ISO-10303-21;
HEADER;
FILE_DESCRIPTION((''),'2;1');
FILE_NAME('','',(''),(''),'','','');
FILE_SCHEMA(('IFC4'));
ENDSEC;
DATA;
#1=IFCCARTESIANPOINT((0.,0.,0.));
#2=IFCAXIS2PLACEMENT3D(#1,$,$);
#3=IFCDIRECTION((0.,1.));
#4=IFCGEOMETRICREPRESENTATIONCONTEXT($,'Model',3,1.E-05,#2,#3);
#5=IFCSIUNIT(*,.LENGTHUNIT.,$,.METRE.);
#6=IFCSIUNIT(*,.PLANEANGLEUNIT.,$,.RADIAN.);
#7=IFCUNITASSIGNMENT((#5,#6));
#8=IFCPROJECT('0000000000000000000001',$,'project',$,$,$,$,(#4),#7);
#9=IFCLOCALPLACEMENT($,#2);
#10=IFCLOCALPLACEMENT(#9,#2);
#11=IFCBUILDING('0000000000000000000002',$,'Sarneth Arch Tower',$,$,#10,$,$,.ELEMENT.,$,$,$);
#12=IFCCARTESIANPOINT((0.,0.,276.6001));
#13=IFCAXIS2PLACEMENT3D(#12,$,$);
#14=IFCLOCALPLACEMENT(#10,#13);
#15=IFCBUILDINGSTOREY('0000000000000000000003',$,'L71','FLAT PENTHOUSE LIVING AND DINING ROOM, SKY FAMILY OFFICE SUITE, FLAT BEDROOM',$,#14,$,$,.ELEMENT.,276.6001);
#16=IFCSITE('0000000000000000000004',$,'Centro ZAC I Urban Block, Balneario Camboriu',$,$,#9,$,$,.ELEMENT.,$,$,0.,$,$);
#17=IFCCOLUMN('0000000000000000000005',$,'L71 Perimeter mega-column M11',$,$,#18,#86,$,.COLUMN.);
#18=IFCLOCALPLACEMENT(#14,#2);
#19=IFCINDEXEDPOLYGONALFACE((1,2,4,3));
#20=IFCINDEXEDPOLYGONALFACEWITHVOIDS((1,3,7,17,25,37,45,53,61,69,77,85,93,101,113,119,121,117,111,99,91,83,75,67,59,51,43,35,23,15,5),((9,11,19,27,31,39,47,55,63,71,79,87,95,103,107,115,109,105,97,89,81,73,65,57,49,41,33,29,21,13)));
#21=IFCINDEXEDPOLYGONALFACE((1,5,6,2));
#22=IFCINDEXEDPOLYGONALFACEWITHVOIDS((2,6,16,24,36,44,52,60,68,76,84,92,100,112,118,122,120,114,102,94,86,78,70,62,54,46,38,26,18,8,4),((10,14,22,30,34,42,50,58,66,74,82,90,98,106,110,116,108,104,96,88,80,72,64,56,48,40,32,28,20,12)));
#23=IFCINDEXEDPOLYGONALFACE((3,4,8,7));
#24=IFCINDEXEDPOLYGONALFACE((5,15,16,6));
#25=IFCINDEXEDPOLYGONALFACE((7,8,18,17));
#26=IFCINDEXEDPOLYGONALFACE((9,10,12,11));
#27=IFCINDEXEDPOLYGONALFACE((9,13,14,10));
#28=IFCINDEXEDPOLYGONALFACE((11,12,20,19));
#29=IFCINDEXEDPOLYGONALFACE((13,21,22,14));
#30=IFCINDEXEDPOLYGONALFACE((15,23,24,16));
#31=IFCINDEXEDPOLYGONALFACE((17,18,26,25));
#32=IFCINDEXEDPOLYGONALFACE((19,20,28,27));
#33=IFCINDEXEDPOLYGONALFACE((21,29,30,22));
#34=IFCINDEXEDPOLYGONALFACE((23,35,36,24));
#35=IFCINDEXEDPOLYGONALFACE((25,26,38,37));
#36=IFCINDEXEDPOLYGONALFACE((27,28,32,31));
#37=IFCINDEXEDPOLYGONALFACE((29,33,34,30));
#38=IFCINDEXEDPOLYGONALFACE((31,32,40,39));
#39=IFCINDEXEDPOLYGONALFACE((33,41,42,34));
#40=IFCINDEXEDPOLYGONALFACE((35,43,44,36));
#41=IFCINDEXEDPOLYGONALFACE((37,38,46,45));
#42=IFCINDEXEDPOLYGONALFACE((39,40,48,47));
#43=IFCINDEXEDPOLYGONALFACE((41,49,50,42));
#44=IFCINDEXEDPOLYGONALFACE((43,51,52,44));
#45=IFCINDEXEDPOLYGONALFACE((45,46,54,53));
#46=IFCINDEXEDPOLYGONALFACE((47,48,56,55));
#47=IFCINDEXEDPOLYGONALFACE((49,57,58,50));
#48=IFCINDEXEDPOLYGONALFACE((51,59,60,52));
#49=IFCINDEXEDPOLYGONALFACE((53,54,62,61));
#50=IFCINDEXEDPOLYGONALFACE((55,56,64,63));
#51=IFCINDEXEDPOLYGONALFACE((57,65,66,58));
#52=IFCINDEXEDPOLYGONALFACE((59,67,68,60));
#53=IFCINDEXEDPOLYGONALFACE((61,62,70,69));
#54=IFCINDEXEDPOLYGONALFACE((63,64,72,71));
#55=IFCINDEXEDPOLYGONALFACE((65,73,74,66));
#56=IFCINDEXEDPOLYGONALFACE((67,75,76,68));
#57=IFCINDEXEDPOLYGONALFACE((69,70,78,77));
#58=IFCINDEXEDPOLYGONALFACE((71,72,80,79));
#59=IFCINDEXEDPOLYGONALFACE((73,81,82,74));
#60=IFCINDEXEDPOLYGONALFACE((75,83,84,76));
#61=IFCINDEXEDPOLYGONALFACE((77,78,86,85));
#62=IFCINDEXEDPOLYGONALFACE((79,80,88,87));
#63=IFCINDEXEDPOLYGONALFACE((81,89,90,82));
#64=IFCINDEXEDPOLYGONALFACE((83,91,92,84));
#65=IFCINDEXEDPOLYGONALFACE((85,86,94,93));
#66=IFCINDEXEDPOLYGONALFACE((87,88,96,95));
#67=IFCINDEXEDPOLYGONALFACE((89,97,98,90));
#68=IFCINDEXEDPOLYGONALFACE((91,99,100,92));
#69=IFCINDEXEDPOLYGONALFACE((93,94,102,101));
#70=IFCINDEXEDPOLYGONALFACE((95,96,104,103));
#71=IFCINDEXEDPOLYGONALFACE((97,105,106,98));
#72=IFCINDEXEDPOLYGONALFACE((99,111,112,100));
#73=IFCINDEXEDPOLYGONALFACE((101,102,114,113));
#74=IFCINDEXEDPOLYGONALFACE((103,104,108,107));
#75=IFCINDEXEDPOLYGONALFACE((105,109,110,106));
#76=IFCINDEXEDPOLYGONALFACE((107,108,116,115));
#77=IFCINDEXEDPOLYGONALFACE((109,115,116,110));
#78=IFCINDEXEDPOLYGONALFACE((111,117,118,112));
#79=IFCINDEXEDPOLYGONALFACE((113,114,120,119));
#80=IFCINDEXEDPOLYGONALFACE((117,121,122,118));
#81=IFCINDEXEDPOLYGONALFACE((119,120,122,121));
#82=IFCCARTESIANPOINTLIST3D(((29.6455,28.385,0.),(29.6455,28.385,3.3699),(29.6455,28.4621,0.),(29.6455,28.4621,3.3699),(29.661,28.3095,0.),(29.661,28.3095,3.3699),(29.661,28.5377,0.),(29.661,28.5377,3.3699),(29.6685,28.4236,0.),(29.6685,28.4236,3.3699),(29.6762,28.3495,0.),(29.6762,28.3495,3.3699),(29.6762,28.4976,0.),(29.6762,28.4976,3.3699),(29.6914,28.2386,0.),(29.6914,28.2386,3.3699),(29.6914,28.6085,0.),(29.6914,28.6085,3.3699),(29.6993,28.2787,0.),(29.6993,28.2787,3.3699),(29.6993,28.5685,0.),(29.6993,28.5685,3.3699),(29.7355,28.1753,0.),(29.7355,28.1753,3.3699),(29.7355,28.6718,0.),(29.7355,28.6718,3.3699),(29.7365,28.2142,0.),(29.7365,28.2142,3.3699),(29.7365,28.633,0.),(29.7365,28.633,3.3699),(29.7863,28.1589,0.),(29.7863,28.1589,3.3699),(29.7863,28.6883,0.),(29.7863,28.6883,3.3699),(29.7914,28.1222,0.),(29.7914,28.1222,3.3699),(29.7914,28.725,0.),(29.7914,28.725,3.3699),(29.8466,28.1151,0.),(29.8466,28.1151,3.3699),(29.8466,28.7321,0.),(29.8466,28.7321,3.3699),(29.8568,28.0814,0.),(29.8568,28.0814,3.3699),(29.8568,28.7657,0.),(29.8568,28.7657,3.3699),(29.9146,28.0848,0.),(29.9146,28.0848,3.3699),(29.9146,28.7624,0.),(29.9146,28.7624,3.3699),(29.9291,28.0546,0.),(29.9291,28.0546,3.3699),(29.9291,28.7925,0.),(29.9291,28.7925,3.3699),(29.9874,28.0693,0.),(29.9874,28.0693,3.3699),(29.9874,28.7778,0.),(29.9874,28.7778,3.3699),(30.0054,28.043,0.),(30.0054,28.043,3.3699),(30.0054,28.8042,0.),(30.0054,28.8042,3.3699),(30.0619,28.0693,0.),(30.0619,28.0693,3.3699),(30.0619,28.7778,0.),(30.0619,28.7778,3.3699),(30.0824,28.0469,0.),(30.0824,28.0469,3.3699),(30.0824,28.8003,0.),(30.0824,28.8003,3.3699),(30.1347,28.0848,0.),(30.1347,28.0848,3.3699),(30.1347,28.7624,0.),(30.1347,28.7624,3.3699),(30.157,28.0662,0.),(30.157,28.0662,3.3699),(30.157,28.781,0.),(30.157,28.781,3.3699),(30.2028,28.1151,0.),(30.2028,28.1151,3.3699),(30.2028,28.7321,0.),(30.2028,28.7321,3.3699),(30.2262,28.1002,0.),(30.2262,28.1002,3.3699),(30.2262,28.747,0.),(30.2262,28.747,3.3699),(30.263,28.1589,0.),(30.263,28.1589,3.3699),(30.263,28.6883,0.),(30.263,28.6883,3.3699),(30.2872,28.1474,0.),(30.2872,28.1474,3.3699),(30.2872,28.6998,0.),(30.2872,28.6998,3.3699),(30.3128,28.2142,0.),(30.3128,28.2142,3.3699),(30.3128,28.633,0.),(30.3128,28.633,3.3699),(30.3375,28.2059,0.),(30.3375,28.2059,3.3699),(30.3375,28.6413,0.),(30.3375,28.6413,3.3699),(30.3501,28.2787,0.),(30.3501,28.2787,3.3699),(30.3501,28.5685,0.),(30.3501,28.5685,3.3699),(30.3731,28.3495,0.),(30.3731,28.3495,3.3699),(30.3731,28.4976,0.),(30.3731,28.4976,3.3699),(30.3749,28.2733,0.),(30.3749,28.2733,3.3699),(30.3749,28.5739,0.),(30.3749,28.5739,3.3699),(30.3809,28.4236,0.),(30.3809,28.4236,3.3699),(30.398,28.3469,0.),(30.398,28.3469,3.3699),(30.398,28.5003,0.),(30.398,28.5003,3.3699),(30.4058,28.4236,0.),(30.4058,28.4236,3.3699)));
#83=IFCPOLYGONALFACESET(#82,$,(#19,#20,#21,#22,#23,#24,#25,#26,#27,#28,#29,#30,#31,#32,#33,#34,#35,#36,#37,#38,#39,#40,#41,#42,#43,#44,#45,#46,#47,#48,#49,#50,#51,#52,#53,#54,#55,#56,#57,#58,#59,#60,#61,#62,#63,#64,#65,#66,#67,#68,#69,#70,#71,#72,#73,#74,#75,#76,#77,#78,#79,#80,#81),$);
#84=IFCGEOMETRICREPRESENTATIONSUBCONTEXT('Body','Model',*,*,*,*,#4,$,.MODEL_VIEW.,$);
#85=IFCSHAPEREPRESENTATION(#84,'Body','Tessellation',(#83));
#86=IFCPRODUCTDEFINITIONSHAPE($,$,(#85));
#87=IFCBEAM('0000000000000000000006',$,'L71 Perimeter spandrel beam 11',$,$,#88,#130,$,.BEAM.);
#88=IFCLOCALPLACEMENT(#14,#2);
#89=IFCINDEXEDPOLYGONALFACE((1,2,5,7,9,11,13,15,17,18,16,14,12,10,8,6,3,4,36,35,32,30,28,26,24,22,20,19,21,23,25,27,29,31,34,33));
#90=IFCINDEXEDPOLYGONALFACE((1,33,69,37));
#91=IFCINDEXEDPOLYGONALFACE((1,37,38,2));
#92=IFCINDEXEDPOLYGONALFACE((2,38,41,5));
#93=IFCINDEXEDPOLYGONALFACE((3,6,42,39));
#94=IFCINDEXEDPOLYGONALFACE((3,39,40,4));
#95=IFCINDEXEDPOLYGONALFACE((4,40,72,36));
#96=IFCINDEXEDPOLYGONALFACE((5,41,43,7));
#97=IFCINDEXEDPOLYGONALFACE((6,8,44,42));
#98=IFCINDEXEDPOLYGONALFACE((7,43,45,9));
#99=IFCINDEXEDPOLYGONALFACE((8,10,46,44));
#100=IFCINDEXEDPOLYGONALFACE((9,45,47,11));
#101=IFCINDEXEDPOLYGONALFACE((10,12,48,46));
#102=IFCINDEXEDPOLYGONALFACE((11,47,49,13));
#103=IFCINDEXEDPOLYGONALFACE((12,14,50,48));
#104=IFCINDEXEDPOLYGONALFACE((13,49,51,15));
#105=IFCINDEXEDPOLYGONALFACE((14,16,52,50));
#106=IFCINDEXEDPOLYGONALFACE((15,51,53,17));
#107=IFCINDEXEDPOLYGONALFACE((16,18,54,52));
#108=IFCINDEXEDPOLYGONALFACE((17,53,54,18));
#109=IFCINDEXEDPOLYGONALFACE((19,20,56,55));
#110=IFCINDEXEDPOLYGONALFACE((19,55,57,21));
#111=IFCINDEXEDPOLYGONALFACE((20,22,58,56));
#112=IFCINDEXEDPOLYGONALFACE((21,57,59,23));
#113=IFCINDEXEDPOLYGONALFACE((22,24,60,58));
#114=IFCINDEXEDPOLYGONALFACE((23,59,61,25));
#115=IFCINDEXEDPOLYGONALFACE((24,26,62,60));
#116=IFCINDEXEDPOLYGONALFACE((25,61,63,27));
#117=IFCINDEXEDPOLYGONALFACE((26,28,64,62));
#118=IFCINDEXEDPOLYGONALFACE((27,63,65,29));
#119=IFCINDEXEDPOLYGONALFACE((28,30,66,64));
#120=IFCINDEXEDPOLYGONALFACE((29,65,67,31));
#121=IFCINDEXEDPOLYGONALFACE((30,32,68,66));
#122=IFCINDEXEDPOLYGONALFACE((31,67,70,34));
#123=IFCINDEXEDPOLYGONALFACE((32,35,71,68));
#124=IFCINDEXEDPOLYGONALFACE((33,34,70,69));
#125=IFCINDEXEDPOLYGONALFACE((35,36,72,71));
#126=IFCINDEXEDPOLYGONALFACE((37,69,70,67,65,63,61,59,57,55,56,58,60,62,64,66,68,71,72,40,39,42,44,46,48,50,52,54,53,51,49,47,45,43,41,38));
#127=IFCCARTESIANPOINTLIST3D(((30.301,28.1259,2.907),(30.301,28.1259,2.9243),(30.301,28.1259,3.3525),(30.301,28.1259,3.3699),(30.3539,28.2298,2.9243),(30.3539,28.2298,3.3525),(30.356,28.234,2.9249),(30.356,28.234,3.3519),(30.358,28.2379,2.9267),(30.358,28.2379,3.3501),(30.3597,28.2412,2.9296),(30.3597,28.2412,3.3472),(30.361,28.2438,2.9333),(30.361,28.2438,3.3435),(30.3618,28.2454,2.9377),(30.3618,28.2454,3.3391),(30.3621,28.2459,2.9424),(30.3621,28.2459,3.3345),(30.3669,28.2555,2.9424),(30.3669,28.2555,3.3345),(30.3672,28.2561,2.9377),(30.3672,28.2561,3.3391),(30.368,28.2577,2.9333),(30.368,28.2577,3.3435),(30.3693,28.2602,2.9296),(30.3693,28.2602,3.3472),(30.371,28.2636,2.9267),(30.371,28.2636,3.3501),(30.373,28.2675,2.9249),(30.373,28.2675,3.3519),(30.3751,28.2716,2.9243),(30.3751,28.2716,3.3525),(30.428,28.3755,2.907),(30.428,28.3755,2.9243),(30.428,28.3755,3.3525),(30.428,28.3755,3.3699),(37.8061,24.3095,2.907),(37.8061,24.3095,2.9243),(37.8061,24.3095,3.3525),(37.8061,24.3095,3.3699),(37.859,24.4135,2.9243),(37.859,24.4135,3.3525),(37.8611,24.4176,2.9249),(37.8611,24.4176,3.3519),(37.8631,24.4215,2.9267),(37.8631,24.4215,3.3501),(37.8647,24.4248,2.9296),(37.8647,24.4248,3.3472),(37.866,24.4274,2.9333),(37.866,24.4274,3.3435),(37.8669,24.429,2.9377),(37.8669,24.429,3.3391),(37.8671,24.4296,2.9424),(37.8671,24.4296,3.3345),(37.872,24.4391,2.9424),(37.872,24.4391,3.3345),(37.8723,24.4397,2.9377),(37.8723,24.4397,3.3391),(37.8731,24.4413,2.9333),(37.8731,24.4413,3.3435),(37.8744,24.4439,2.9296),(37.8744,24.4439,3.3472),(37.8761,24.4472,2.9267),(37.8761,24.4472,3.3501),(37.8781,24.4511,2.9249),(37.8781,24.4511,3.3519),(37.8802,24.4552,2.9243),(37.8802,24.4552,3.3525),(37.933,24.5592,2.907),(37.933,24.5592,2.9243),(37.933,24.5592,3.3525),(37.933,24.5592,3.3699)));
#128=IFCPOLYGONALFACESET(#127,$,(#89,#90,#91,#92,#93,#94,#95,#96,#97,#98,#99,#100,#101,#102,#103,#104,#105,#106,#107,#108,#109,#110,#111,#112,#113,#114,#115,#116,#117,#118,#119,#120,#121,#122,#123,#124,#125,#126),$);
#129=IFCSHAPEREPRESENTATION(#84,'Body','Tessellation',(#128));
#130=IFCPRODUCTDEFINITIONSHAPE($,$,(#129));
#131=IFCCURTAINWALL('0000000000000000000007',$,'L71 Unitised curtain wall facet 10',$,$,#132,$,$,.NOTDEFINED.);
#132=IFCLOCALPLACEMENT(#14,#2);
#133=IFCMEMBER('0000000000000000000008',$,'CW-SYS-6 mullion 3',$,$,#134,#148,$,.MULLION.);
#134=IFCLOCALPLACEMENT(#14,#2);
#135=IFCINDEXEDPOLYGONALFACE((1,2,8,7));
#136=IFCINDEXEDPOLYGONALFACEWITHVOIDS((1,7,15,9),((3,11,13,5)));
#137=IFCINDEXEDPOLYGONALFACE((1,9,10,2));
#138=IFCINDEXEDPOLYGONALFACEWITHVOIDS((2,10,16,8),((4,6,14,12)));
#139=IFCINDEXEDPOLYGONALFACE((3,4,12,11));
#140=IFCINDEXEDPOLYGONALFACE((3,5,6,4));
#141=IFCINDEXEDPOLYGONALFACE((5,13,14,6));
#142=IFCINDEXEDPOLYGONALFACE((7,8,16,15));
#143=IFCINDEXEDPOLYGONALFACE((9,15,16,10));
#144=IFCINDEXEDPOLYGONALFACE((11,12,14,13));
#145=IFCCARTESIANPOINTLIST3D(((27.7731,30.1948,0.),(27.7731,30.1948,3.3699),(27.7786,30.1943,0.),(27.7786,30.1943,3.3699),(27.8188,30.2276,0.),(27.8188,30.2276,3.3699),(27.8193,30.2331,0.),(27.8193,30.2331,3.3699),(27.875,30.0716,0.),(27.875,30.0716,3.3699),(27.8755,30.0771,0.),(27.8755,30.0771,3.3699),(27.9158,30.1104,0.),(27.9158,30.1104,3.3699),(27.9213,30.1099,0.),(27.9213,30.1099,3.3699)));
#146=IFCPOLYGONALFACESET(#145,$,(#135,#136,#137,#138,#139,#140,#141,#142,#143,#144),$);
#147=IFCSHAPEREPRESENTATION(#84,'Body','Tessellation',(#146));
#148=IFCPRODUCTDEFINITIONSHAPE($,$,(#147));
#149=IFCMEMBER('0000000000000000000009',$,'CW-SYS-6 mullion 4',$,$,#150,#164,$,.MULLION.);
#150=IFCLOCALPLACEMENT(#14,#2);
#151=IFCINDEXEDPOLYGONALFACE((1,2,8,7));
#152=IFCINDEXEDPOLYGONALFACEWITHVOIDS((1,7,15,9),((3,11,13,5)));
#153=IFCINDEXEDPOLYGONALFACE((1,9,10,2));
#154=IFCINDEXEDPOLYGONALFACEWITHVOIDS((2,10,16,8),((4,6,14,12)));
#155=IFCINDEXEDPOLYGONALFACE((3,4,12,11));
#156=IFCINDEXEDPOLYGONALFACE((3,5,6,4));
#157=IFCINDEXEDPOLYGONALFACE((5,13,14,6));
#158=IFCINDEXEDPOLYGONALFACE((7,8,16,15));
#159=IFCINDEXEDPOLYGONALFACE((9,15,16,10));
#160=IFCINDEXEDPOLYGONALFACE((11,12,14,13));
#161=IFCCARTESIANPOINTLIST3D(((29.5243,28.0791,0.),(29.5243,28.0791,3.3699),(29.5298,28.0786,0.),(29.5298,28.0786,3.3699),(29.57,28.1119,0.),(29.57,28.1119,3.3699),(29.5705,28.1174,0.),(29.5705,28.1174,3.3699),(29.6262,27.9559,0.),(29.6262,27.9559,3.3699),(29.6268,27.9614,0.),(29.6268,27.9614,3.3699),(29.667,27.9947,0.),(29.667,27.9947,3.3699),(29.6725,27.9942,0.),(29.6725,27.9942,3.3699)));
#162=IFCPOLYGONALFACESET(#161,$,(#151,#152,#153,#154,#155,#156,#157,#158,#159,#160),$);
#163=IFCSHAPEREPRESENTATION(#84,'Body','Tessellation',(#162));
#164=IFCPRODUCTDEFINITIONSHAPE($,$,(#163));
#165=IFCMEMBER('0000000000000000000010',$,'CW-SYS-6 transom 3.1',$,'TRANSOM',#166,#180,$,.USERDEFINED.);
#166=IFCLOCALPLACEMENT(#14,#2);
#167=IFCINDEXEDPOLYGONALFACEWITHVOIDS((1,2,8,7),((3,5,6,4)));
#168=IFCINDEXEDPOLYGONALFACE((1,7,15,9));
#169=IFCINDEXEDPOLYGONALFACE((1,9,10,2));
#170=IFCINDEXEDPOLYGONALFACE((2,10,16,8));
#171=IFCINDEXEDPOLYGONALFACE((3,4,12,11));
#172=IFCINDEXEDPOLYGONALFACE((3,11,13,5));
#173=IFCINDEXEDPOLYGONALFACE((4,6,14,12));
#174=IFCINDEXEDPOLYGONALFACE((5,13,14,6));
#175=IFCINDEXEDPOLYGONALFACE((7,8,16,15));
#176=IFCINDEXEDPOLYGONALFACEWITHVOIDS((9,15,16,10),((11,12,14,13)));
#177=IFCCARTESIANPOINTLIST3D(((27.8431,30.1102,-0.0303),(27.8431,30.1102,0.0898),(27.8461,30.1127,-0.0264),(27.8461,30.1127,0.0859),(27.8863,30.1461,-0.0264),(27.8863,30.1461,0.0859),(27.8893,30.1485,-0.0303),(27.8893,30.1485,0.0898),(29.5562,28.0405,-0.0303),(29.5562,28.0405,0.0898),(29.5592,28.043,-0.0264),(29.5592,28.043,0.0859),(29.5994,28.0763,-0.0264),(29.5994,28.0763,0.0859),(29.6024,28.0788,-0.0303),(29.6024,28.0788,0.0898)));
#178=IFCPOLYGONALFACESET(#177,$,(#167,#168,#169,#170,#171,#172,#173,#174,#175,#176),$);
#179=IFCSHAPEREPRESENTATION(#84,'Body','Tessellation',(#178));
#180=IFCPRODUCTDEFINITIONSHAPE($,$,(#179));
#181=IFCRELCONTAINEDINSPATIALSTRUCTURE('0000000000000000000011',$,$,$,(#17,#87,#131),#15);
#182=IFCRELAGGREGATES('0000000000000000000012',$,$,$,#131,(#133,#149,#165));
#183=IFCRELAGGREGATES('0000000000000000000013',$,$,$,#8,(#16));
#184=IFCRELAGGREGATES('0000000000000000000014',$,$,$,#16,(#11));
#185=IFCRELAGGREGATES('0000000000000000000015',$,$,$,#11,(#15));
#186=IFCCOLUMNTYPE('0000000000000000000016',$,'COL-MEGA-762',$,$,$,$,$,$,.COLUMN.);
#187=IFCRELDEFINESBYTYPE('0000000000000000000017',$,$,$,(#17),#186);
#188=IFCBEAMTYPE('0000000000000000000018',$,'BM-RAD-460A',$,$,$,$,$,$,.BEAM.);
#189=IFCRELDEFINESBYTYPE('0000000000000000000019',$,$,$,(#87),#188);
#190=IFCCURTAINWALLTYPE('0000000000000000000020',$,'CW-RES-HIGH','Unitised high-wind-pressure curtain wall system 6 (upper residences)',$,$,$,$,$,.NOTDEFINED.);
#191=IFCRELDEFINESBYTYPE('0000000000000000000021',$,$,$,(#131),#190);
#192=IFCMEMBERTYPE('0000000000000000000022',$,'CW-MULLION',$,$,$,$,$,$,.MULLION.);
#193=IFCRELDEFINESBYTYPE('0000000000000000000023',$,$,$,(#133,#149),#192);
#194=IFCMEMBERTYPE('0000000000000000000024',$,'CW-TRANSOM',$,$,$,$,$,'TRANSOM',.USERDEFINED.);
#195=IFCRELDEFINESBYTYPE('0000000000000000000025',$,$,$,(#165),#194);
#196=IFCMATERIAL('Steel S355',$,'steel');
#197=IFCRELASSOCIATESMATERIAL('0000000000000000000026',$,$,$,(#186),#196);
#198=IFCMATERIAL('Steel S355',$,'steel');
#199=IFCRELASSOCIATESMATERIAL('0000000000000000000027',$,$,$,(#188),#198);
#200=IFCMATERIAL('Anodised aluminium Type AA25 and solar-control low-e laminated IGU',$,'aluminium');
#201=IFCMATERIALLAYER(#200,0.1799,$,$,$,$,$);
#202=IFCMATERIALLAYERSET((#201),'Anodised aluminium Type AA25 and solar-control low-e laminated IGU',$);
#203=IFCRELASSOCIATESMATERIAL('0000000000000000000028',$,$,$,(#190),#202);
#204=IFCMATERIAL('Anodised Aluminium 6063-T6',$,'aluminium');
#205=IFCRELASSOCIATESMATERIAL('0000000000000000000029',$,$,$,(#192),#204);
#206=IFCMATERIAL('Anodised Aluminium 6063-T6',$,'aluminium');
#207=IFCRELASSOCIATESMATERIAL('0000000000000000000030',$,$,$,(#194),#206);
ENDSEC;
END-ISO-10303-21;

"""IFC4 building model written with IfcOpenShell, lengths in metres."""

from ifc_helpers import new_model, si_unit, direction, frame, origin, origin_2d, place, context, subcontext, project, spatial, hollow_rectangle, hollow_circle, i_section, extrude, material, layer, layer_set, material_profile, profile_set, type_object, element, aggregate, save


model = new_model("IFC4")

# Units and contexts
model_context = context("Model", 3, precision=1e-05, world=origin(), true_north=direction((0.0, 1.0)))
body_context = subcontext(model_context, "Body", "Model", "MODEL_VIEW")
ifc_project = project(units=[si_unit("LENGTHUNIT", "METRE"), si_unit("PLANEANGLEUNIT", "RADIAN")], contexts=[model_context])

# Site, building, storey
site_placement = place(None, origin())
site = spatial("IfcSite", under=ifc_project, at=site_placement, Name="Centro ZAC I Urban Block, Balneario Camboriu", CompositionType="ELEMENT", RefElevation=0.0)
building_placement = place(site_placement, origin())
building = spatial("IfcBuilding", under=site, at=building_placement, Name="Sarneth Arch Tower", CompositionType="ELEMENT")
storey_placement = place(building_placement, frame((0.0, 0.0, 276.6001)))
storey = spatial("IfcBuildingStorey", under=building, at=storey_placement, Name="L71", Description="FLAT PENTHOUSE LIVING AND DINING ROOM, SKY FAMILY OFFICE SUITE, FLAT BEDROOM", CompositionType="ELEMENT", Elevation=276.6001)

# Column
ifc_material_1 = material(Name="Steel S355", Category="steel")
ifc_material_profile_1 = material_profile(ifc_material_1, hollow_circle(Radius=0.3811, WallThickness=0.0249, at=origin_2d()), Name="CHS762x25")
ifc_profile_set_1 = profile_set([ifc_material_profile_1], Name="Steel S355")
column_type = type_object("IfcColumnType", Name="COL-MEGA-762", PredefinedType="COLUMN", material=ifc_profile_set_1)
column_placement = place(storey_placement, frame((30.0247, 28.4236, 0.0), z_axis=(0.0, 0.0, 1.0), x_axis=(1.0, 0.0, 0.0)))
element("IfcColumn", 1, at=column_placement, inside=storey, type_object=column_type, Name="L71 Perimeter mega-column M11", PredefinedType="COLUMN", context=body_context, shape_type="SweptSolid", body=[
    extrude(hollow_circle(Radius=0.3811, WallThickness=0.0249, at=origin_2d()), origin(), (0.0, 0.0, 1.0), 3.3699),
])

# Beam
ifc_material_2 = material(Name="Steel S355", Category="steel")
ifc_material_profile_2 = material_profile(ifc_material_2, i_section(OverallWidth=0.28, OverallDepth=0.4629, WebThickness=0.0107, FlangeThickness=0.0173, FilletRadius=0.0181, at=origin_2d()), Name="W460x113")
ifc_profile_set_2 = profile_set([ifc_material_profile_2], Name="Steel S355")
beam_type = type_object("IfcBeamType", Name="BM-RAD-460A", PredefinedType="BEAM", material=ifc_profile_set_2)
beam_placement = place(storey_placement, frame((30.3645, 28.2507, 3.1384), z_axis=(0.891374, -0.453269, 0.0), x_axis=(0.453269, 0.891374, 0.0)))
element("IfcBeam", 2, at=beam_placement, inside=storey, type_object=beam_type, Name="L71 Perimeter spandrel beam 11", PredefinedType="BEAM", context=body_context, shape_type="SweptSolid", body=[
    extrude(i_section(OverallWidth=0.28, OverallDepth=0.4629, WebThickness=0.0107, FlangeThickness=0.0173, FilletRadius=0.0181, at=origin_2d()), origin(), (0.0, 0.0, 1.0), 8.4197),
])

# Curtain wall, members
ifc_material_3 = material(Name="Anodised aluminium Type AA25 and solar-control low-e laminated IGU", Category="aluminium")
ifc_layer_1 = layer(ifc_material_3, 0.1799)
ifc_layer_set_1 = layer_set([ifc_layer_1], Name="Anodised aluminium Type AA25 and solar-control low-e laminated IGU")
curtain_wall_type = type_object("IfcCurtainWallType", Name="CW-RES-HIGH", Description="Unitised high-wind-pressure curtain wall system 6 (upper residences)", PredefinedType="NOTDEFINED", material=ifc_layer_set_1)
curtain_wall_placement = place(storey_placement, origin())
curtain_wall = element("IfcCurtainWall", 3, at=curtain_wall_placement, inside=storey, type_object=curtain_wall_type, Name="L71 Unitised curtain wall facet 10", PredefinedType="NOTDEFINED")
ifc_material_4 = material(Name="Anodised Aluminium 6063-T6", Category="aluminium")
ifc_material_profile_3 = material_profile(ifc_material_4, hollow_rectangle(XDim=0.0601, YDim=0.1599, WallThickness=0.0039, at=origin_2d()), Name="AL-MULL-160x60x4")
ifc_profile_set_3 = profile_set([ifc_material_profile_3], Name="Anodised Aluminium 6063-T6")
member_type_1 = type_object("IfcMemberType", Name="CW-MULLION", PredefinedType="MULLION", material=ifc_profile_set_3)
member_1_placement = place(storey_placement, frame((27.8472, 30.1523, 0.0), z_axis=(0.0, 0.0, 1.0), x_axis=(0.770359, 0.63761, 0.0)))
member_1 = element("IfcMember", 4, at=member_1_placement, type_object=member_type_1, Name="CW-SYS-6 mullion 3", PredefinedType="MULLION", context=body_context, shape_type="SweptSolid", body=[
    extrude(hollow_rectangle(XDim=0.0601, YDim=0.1599, WallThickness=0.0039, at=origin_2d()), origin(), (0.0, 0.0, 1.0), 3.3699),
])
member_2_placement = place(storey_placement, frame((29.5984, 28.0366, 0.0), z_axis=(0.0, 0.0, 1.0), x_axis=(0.770359, 0.63761, 0.0)))
member_2 = element("IfcMember", 5, at=member_2_placement, type_object=member_type_1, Name="CW-SYS-6 mullion 4", PredefinedType="MULLION", context=body_context, shape_type="SweptSolid", body=[
    extrude(hollow_rectangle(XDim=0.0601, YDim=0.1599, WallThickness=0.0039, at=origin_2d()), origin(), (0.0, 0.0, 1.0), 3.3699),
])
ifc_material_5 = material(Name="Anodised Aluminium 6063-T6", Category="aluminium")
ifc_material_profile_4 = material_profile(ifc_material_5, hollow_rectangle(XDim=0.0601, YDim=0.1201, WallThickness=0.0039, at=origin_2d()), Name="AL-TRAN-120x60x4")
ifc_profile_set_4 = profile_set([ifc_material_profile_4], Name="Anodised Aluminium 6063-T6")
member_type_2 = type_object("IfcMemberType", Name="CW-TRANSOM", ElementType="TRANSOM", PredefinedType="USERDEFINED", material=ifc_profile_set_4)
member_3_placement = place(storey_placement, frame((27.8662, 30.1294, 0.0298), z_axis=(0.637607, -0.770362, 0.0), x_axis=(0.770362, 0.637607, 0.0)))
member_3 = element("IfcMember", 6, at=member_3_placement, type_object=member_type_2, Name="CW-SYS-6 transom 3.1", ObjectType="TRANSOM", PredefinedType="USERDEFINED", context=body_context, shape_type="SweptSolid", body=[
    extrude(hollow_rectangle(XDim=0.0601, YDim=0.1201, WallThickness=0.0039, at=origin_2d()), origin(), (0.0, 0.0, 1.0), 2.6868),
])

aggregate(curtain_wall, [member_1, member_2, member_3])

save(model, "model.ifc")
